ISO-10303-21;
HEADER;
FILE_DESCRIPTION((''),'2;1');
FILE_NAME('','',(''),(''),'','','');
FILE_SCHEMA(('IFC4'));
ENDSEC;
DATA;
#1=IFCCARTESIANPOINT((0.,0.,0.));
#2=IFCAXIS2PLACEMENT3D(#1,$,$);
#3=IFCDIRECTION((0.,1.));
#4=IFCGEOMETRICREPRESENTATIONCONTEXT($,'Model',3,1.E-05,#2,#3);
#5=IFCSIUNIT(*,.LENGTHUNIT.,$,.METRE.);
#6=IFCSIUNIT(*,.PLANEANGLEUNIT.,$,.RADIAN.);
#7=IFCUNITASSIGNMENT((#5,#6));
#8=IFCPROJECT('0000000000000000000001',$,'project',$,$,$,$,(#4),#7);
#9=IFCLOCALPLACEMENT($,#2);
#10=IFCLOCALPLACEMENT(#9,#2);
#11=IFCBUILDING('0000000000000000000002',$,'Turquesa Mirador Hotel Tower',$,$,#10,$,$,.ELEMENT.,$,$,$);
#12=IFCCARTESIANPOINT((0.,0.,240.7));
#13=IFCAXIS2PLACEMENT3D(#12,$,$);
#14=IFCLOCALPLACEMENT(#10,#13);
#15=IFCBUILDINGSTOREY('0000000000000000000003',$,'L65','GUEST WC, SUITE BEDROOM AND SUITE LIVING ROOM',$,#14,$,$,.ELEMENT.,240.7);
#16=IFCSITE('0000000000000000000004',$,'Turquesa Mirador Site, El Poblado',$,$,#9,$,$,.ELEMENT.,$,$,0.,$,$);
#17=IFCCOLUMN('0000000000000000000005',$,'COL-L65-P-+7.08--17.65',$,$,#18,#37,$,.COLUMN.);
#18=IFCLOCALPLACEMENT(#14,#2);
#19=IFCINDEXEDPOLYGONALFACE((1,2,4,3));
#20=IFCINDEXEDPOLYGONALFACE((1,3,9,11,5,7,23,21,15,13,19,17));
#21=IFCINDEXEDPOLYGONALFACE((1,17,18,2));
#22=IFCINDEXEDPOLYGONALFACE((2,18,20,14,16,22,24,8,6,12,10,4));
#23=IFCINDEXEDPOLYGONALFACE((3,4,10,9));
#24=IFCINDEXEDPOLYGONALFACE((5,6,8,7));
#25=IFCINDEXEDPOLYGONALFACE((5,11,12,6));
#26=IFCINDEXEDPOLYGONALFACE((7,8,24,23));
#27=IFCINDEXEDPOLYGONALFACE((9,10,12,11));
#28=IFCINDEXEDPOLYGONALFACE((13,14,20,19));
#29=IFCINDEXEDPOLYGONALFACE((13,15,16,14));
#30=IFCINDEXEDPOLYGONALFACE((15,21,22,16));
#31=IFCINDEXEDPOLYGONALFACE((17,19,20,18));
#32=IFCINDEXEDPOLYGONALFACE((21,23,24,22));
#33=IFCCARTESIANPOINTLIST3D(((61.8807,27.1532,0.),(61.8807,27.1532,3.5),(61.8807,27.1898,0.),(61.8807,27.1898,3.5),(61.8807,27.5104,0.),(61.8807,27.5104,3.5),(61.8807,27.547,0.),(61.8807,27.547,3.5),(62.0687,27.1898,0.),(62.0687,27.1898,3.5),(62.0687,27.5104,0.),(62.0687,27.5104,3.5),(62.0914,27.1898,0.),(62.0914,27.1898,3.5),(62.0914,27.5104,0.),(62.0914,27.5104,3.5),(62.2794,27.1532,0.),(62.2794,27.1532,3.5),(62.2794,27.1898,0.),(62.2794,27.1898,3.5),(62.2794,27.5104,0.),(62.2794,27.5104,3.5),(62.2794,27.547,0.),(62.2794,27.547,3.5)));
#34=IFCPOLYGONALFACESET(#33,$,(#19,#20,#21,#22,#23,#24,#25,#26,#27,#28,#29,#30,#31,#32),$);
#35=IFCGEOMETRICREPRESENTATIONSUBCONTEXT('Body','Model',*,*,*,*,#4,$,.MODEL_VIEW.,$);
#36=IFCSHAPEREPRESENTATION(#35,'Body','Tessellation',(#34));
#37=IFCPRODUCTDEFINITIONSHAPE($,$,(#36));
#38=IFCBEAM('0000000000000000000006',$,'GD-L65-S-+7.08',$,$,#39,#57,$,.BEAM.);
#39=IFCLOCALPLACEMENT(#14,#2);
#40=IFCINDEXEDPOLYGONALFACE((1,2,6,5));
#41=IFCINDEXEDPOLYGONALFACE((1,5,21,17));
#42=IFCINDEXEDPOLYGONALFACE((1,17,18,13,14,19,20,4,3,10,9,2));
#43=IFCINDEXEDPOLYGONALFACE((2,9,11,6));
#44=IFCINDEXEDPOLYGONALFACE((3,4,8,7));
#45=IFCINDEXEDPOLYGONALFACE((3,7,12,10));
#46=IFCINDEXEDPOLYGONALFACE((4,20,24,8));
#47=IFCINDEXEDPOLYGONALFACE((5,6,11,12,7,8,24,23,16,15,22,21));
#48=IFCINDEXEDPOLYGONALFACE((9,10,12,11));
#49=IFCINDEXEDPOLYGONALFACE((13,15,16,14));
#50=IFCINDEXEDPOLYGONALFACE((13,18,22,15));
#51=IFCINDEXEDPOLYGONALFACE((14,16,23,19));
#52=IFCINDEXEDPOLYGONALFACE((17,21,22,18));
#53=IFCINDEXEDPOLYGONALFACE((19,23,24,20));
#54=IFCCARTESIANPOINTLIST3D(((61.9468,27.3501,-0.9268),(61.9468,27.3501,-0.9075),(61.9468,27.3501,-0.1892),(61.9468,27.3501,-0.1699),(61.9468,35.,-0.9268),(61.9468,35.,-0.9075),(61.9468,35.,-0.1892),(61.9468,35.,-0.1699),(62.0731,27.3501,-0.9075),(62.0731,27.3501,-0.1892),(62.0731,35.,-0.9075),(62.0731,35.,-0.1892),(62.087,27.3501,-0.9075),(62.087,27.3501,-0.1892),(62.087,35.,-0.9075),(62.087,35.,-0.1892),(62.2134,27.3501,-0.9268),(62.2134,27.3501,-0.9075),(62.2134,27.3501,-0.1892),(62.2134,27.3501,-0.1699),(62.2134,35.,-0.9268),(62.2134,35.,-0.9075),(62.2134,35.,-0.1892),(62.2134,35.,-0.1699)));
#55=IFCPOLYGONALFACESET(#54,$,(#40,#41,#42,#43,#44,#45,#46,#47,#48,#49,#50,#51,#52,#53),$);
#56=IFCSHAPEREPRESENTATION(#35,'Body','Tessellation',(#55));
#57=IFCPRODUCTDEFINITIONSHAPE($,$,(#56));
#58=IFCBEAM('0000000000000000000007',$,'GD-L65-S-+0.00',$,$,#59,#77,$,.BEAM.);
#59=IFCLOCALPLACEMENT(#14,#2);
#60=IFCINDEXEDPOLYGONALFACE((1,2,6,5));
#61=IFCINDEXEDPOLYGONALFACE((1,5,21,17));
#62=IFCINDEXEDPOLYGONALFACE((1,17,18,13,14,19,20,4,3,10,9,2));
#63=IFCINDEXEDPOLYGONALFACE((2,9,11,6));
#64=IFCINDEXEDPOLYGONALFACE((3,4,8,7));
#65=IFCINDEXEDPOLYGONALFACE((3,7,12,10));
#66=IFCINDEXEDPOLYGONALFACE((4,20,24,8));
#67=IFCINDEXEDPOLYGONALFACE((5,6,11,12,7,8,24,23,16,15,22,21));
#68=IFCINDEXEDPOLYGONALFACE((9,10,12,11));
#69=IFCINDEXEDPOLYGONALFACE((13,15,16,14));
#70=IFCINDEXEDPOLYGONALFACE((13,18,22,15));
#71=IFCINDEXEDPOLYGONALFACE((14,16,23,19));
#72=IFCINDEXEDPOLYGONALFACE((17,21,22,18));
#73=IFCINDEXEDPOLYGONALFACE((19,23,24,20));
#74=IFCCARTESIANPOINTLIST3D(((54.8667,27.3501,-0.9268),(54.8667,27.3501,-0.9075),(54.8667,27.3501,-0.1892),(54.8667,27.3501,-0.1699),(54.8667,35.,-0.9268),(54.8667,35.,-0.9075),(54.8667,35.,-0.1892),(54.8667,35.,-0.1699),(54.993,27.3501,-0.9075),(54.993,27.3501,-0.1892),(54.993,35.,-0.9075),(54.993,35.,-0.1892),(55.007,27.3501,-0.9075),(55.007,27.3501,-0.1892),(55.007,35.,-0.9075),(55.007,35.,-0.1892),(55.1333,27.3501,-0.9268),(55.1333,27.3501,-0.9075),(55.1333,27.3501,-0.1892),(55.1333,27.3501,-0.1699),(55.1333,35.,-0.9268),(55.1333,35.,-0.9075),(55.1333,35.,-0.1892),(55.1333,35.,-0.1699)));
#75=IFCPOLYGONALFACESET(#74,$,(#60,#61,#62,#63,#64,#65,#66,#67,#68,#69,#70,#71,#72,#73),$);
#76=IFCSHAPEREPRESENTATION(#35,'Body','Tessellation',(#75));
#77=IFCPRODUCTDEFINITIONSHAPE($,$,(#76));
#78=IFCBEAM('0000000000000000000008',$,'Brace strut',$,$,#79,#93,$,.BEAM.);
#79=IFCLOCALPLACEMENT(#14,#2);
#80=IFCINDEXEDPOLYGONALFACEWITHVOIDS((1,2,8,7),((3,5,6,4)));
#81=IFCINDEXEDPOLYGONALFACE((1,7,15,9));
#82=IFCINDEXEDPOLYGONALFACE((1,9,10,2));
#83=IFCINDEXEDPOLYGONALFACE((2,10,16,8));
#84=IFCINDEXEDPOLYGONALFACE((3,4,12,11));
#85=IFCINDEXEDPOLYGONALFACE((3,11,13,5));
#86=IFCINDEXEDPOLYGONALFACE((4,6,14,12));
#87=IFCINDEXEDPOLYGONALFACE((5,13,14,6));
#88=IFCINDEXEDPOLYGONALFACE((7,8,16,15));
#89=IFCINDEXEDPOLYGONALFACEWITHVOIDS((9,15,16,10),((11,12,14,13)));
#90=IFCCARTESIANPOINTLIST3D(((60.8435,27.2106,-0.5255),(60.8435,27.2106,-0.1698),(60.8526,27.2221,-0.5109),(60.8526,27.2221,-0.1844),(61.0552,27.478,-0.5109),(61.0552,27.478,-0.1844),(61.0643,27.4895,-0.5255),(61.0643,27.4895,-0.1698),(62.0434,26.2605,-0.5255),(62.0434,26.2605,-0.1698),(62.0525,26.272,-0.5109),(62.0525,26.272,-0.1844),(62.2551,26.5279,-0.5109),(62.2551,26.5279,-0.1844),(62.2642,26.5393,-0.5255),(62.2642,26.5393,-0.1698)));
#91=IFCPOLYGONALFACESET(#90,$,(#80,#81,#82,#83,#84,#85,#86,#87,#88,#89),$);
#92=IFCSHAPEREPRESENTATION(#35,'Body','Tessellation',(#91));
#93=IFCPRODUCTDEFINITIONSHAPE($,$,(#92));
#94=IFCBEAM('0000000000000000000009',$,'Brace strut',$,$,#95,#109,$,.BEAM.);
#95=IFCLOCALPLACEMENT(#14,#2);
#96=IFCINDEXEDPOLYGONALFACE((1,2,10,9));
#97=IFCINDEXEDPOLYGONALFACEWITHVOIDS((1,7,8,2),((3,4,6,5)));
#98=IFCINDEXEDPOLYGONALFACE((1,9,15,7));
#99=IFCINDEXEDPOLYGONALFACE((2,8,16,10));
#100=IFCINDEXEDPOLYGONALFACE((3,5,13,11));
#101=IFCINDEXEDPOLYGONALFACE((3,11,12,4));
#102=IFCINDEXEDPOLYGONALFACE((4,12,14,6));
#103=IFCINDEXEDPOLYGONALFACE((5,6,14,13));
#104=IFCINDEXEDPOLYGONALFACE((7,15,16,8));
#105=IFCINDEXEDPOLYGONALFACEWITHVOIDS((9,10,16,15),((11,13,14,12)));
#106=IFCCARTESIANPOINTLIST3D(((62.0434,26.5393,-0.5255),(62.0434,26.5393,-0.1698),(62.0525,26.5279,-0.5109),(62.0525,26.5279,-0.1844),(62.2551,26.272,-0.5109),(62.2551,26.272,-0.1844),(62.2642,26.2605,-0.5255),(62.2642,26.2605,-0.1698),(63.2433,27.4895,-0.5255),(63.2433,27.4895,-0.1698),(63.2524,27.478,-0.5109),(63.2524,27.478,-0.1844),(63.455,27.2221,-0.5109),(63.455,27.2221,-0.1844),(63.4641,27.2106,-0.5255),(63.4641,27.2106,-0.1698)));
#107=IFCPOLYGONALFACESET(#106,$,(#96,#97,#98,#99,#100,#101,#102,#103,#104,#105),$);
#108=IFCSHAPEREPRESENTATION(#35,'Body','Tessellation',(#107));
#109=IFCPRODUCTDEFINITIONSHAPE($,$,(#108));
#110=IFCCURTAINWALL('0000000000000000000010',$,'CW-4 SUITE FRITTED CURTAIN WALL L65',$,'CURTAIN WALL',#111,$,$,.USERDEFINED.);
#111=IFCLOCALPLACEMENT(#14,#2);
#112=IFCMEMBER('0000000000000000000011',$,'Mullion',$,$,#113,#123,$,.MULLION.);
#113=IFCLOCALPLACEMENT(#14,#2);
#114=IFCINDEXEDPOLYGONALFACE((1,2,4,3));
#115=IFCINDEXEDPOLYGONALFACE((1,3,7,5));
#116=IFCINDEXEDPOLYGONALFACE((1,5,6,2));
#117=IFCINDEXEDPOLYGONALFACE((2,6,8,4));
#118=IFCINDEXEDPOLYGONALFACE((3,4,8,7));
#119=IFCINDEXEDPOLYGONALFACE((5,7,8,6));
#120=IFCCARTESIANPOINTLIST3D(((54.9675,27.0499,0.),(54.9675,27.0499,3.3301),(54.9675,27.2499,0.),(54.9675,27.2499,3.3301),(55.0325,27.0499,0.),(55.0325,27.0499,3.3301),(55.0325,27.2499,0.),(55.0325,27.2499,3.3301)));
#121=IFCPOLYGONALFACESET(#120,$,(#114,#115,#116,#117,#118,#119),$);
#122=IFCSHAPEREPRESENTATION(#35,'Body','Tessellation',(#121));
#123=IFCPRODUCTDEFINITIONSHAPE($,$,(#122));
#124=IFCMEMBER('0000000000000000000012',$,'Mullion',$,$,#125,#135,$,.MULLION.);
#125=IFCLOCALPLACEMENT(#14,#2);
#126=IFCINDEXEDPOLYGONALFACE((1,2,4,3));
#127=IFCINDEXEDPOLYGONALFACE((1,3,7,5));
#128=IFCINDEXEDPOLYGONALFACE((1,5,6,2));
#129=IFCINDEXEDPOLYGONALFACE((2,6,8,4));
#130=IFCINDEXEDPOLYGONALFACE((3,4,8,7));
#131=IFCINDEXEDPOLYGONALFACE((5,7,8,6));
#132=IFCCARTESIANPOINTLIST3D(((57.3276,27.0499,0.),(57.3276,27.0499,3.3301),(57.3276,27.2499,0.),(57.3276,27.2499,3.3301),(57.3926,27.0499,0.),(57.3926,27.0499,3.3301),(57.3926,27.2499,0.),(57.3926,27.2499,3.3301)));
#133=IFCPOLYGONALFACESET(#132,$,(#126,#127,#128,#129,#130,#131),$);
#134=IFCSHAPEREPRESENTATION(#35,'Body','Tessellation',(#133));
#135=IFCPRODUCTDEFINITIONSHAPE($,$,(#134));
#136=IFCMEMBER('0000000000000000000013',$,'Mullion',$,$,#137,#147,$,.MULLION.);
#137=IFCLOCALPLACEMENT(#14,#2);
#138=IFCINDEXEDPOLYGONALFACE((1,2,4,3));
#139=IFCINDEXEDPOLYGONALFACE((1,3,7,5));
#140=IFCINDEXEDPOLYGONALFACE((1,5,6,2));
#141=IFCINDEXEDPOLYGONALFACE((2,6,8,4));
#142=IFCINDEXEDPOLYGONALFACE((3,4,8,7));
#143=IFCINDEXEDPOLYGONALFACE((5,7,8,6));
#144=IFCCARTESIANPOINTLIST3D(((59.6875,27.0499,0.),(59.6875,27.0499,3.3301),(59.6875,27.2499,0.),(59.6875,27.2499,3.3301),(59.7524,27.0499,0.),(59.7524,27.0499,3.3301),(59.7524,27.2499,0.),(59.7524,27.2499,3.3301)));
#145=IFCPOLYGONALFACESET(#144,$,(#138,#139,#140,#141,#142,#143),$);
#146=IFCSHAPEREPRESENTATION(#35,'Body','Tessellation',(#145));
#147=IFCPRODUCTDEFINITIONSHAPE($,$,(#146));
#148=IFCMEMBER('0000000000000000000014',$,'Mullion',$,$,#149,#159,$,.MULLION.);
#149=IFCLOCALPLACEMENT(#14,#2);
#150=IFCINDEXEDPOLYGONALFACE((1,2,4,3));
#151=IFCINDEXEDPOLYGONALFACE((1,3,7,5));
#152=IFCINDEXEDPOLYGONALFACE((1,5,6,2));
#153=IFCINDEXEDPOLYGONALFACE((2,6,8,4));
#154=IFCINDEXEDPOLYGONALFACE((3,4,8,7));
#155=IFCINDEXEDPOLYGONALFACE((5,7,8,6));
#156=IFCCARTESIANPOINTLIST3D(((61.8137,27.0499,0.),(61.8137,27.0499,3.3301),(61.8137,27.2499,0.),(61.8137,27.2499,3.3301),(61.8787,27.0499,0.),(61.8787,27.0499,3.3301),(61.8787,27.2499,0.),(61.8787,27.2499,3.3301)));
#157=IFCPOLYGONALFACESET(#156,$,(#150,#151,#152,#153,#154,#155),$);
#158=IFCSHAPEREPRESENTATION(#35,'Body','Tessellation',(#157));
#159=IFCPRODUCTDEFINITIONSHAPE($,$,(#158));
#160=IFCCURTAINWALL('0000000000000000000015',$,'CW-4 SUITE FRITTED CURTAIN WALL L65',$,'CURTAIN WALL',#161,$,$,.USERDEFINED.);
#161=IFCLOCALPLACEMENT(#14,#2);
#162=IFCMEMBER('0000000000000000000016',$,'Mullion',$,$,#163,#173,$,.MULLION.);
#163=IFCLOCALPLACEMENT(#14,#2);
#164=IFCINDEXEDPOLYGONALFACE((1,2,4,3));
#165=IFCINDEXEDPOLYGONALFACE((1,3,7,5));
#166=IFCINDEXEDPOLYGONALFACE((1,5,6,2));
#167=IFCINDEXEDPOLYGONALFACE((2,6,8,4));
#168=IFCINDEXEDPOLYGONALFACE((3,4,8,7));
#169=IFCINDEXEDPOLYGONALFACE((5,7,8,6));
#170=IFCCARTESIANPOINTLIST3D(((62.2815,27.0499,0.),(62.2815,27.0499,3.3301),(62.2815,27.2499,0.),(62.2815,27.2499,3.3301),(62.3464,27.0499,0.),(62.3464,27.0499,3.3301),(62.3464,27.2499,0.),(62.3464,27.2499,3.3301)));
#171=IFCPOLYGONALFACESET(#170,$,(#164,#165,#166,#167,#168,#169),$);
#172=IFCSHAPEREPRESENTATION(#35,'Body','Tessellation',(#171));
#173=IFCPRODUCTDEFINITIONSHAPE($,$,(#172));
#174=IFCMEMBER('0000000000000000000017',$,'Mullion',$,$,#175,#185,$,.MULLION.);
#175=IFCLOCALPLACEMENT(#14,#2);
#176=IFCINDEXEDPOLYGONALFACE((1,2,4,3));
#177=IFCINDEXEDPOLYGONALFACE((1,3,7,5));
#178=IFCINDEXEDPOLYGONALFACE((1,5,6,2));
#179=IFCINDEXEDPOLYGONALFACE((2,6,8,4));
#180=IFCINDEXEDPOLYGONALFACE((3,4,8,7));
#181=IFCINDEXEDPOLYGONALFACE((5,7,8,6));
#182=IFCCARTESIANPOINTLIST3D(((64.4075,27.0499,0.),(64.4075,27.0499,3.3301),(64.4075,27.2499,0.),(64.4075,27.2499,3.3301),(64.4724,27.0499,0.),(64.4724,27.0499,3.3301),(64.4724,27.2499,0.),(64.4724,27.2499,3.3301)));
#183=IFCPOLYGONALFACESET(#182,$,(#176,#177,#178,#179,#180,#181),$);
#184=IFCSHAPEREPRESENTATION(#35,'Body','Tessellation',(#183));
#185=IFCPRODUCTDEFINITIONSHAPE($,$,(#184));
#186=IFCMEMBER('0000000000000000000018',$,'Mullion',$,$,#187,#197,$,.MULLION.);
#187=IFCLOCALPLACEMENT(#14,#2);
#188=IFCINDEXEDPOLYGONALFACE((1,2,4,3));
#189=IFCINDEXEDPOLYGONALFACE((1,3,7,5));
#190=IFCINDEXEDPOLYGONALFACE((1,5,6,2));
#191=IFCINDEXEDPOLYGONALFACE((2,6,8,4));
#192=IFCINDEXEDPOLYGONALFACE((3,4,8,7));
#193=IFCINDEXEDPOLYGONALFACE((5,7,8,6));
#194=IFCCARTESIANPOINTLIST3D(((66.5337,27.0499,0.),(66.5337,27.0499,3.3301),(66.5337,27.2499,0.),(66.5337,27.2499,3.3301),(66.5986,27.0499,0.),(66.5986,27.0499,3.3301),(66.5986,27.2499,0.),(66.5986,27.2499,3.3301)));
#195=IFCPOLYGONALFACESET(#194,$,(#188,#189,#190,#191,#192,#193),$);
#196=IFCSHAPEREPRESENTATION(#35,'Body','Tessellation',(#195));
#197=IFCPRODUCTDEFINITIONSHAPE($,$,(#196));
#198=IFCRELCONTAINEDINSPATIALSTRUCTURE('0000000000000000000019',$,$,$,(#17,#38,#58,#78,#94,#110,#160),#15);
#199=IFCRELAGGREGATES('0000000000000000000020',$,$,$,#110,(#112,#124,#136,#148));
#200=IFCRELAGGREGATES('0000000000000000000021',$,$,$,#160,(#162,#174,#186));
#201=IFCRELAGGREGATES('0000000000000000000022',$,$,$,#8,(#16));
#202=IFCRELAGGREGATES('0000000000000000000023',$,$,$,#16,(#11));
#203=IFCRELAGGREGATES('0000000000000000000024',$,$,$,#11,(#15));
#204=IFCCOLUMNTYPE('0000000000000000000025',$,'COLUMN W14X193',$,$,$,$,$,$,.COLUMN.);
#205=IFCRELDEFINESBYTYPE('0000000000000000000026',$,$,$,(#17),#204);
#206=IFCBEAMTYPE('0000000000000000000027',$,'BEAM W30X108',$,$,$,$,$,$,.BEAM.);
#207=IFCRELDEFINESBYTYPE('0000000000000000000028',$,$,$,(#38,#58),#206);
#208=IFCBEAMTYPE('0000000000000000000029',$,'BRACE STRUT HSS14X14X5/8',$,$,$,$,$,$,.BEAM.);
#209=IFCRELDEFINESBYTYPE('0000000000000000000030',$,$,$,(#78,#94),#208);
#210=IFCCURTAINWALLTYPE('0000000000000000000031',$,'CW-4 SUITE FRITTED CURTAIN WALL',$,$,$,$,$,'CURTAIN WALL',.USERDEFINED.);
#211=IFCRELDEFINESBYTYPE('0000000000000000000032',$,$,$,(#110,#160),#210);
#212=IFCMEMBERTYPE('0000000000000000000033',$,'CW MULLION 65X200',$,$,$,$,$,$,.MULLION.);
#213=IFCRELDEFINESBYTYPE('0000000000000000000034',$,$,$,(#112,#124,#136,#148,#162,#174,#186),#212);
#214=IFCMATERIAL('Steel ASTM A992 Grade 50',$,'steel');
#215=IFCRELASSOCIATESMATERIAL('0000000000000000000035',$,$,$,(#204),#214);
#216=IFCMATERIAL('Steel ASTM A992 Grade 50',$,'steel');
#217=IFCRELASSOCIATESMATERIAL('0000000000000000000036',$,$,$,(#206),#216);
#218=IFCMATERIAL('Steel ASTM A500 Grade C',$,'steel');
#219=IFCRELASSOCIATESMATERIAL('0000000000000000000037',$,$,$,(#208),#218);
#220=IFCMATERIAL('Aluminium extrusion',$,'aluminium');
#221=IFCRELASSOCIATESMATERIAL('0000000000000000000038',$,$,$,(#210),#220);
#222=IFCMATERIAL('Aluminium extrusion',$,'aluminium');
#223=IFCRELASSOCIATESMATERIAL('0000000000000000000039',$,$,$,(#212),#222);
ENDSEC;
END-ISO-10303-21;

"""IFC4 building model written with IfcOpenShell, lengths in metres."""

from ifc_helpers import new_model, si_unit, direction, frame, origin, origin_2d, place, context, subcontext, project, spatial, rectangle, hollow_rectangle, i_section, extrude, material, material_profile, profile_set, type_object, element, aggregate, save


model = new_model("IFC4")

# Units and contexts
model_context = context("Model", 3, precision=1e-05, world=origin(), true_north=direction((0.0, 1.0)))
body_context = subcontext(model_context, "Body", "Model", "MODEL_VIEW")
ifc_project = project(units=[si_unit("LENGTHUNIT", "METRE"), si_unit("PLANEANGLEUNIT", "RADIAN")], contexts=[model_context])

# Site, building, storey
site_placement = place(None, origin())
site = spatial("IfcSite", under=ifc_project, at=site_placement, Name="Turquesa Mirador Site, El Poblado", CompositionType="ELEMENT", RefElevation=0.0)
building_placement = place(site_placement, origin())
building = spatial("IfcBuilding", under=site, at=building_placement, Name="Turquesa Mirador Hotel Tower", CompositionType="ELEMENT")
storey_placement = place(building_placement, frame((0.0, 0.0, 240.7)))
storey = spatial("IfcBuildingStorey", under=building, at=storey_placement, Name="L65", Description="GUEST WC, SUITE BEDROOM AND SUITE LIVING ROOM", CompositionType="ELEMENT", Elevation=240.7)

# Column
ifc_material_1 = material(Name="Steel ASTM A992 Grade 50", Category="steel")
ifc_material_profile_1 = material_profile(ifc_material_1, i_section(OverallWidth=0.3987, OverallDepth=0.3938, WebThickness=0.0227, FlangeThickness=0.0366, at=origin_2d()), Name="W14X193")
ifc_profile_set_1 = profile_set([ifc_material_profile_1], Name="Steel ASTM A992 Grade 50")
column_type = type_object("IfcColumnType", Name="COLUMN W14X193", PredefinedType="COLUMN", material=ifc_profile_set_1)
column_placement = place(storey_placement, frame((62.0801, 27.3501, 0.0), z_axis=(0.0, 0.0, 1.0), x_axis=(1.0, 0.0, 0.0)))
element("IfcColumn", 1, at=column_placement, inside=storey, type_object=column_type, Name="COL-L65-P-+7.08--17.65", PredefinedType="COLUMN", context=body_context, shape_type="SweptSolid", body=[
    extrude(i_section(OverallWidth=0.3987, OverallDepth=0.3938, WebThickness=0.0227, FlangeThickness=0.0366, at=origin_2d()), origin(), (0.0, 0.0, 1.0), 3.5),
])

# Beams
ifc_material_2 = material(Name="Steel ASTM A992 Grade 50", Category="steel")
ifc_material_profile_2 = material_profile(ifc_material_2, i_section(OverallWidth=0.2666, OverallDepth=0.7568, WebThickness=0.0139, FlangeThickness=0.0193, at=origin_2d()), Name="W30X108")
ifc_profile_set_2 = profile_set([ifc_material_profile_2], Name="Steel ASTM A992 Grade 50")
beam_type_1 = type_object("IfcBeamType", Name="BEAM W30X108", PredefinedType="BEAM", material=ifc_profile_set_2)
for number, where, z_axis, x_axis, name in (
    (2, (62.0801, 27.3501, -0.5483), (0.0, 1.0, 0.0), (-1.0, 0.0, 0.0), "GD-L65-S-+7.08"),
    (3, (55.0, 27.3501, -0.5483), (0.0, 1.0, 0.0), (-1.0, 0.0, 0.0), "GD-L65-S-+0.00"),
):
    element("IfcBeam", number, at=place(storey_placement, frame(where, z_axis=z_axis, x_axis=x_axis)), inside=storey, type_object=beam_type_1, Name=name, PredefinedType="BEAM", context=body_context, shape_type="SweptSolid", body=[
        extrude(i_section(OverallWidth=0.2666, OverallDepth=0.7568, WebThickness=0.0139, FlangeThickness=0.0193, at=origin_2d()), origin(), (0.0, 0.0, 1.0), 7.6499),
    ])
ifc_material_3 = material(Name="Steel ASTM A500 Grade C", Category="steel")
ifc_material_profile_3 = material_profile(ifc_material_3, hollow_rectangle(XDim=0.3557, YDim=0.3557, WallThickness=0.0146, at=origin_2d()), Name="HSS14X14X5/8")
ifc_profile_set_3 = profile_set([ifc_material_profile_3], Name="Steel ASTM A500 Grade C")
beam_type_2 = type_object("IfcBeamType", Name="BRACE STRUT HSS14X14X5/8", PredefinedType="BEAM", material=ifc_profile_set_3)
for number, where, z_axis, x_axis, name in (
    (4, (62.1538, 26.3999, -0.3477), (-0.783971, 0.620797, 0.0), (-0.620797, -0.783971, 0.0), "Brace strut"),
    (5, (62.1538, 26.3999, -0.3477), (0.783971, 0.620797, 0.0), (-0.620797, 0.783971, 0.0), "Brace strut"),
):
    element("IfcBeam", number, at=place(storey_placement, frame(where, z_axis=z_axis, x_axis=x_axis)), inside=storey, type_object=beam_type_2, Name=name, PredefinedType="BEAM", context=body_context, shape_type="SweptSolid", body=[
        extrude(hollow_rectangle(XDim=0.3557, YDim=0.3557, WallThickness=0.0146, at=origin_2d()), origin(), (0.0, 0.0, 1.0), 1.5305),
    ])

# Curtain walls, members
ifc_material_4 = material(Name="Aluminium extrusion", Category="aluminium")
curtain_wall_type = type_object("IfcCurtainWallType", Name="CW-4 SUITE FRITTED CURTAIN WALL", ElementType="CURTAIN WALL", PredefinedType="USERDEFINED", material=ifc_material_4)
curtain_wall_1_placement = place(storey_placement, origin())
curtain_wall_1 = element("IfcCurtainWall", 6, at=curtain_wall_1_placement, inside=storey, type_object=curtain_wall_type, Name="CW-4 SUITE FRITTED CURTAIN WALL L65", ObjectType="CURTAIN WALL", PredefinedType="USERDEFINED")
ifc_material_5 = material(Name="Aluminium extrusion", Category="aluminium")
ifc_material_profile_4 = material_profile(ifc_material_5, rectangle(XDim=0.0649, YDim=0.2, at=origin_2d()), Name="MULLION 65X200")
ifc_profile_set_4 = profile_set([ifc_material_profile_4], Name="Aluminium extrusion")
member_type_1 = type_object("IfcMemberType", Name="CW MULLION 65X200", PredefinedType="MULLION", material=ifc_profile_set_4)
member_1_placement = place(storey_placement, frame((55.0, 27.1499, 0.0), z_axis=(0.0, 0.0, 1.0), x_axis=(1.0, 0.0, 0.0)))
member_1 = element("IfcMember", 7, at=member_1_placement, type_object=member_type_1, Name="Mullion", PredefinedType="MULLION", context=body_context, shape_type="SweptSolid", body=[
    extrude(rectangle(XDim=0.0649, YDim=0.2, at=origin_2d()), origin(), (0.0, 0.0, 1.0), 3.3301),
])
member_2_placement = place(storey_placement, frame((57.3601, 27.1499, 0.0), z_axis=(0.0, 0.0, 1.0), x_axis=(1.0, 0.0, 0.0)))
member_2 = element("IfcMember", 8, at=member_2_placement, type_object=member_type_1, Name="Mullion", PredefinedType="MULLION", context=body_context, shape_type="SweptSolid", body=[
    extrude(rectangle(XDim=0.0649, YDim=0.2, at=origin_2d()), origin(), (0.0, 0.0, 1.0), 3.3301),
])
member_3_placement = place(storey_placement, frame((59.72, 27.1499, 0.0), z_axis=(0.0, 0.0, 1.0), x_axis=(1.0, 0.0, 0.0)))
member_3 = element("IfcMember", 9, at=member_3_placement, type_object=member_type_1, Name="Mullion", PredefinedType="MULLION", context=body_context, shape_type="SweptSolid", body=[
    extrude(rectangle(XDim=0.0649, YDim=0.2, at=origin_2d()), origin(), (0.0, 0.0, 1.0), 3.3301),
])
member_4_placement = place(storey_placement, frame((61.8462, 27.1499, 0.0), z_axis=(0.0, 0.0, 1.0), x_axis=(1.0, 0.0, 0.0)))
member_4 = element("IfcMember", 10, at=member_4_placement, type_object=member_type_1, Name="Mullion", PredefinedType="MULLION", context=body_context, shape_type="SweptSolid", body=[
    extrude(rectangle(XDim=0.0649, YDim=0.2, at=origin_2d()), origin(), (0.0, 0.0, 1.0), 3.3301),
])
curtain_wall_2_placement = place(storey_placement, origin())
curtain_wall_2 = element("IfcCurtainWall", 11, at=curtain_wall_2_placement, inside=storey, type_object=curtain_wall_type, Name="CW-4 SUITE FRITTED CURTAIN WALL L65", ObjectType="CURTAIN WALL", PredefinedType="USERDEFINED")
member_5_placement = place(storey_placement, frame((62.314, 27.1499, 0.0), z_axis=(0.0, 0.0, 1.0), x_axis=(1.0, 0.0, 0.0)))
member_5 = element("IfcMember", 12, at=member_5_placement, type_object=member_type_1, Name="Mullion", PredefinedType="MULLION", context=body_context, shape_type="SweptSolid", body=[
    extrude(rectangle(XDim=0.0649, YDim=0.2, at=origin_2d()), origin(), (0.0, 0.0, 1.0), 3.3301),
])
member_6_placement = place(storey_placement, frame((64.4399, 27.1499, 0.0), z_axis=(0.0, 0.0, 1.0), x_axis=(1.0, 0.0, 0.0)))
member_6 = element("IfcMember", 13, at=member_6_placement, type_object=member_type_1, Name="Mullion", PredefinedType="MULLION", context=body_context, shape_type="SweptSolid", body=[
    extrude(rectangle(XDim=0.0649, YDim=0.2, at=origin_2d()), origin(), (0.0, 0.0, 1.0), 3.3301),
])
member_7_placement = place(storey_placement, frame((66.5662, 27.1499, 0.0), z_axis=(0.0, 0.0, 1.0), x_axis=(1.0, 0.0, 0.0)))
member_7 = element("IfcMember", 14, at=member_7_placement, type_object=member_type_1, Name="Mullion", PredefinedType="MULLION", context=body_context, shape_type="SweptSolid", body=[
    extrude(rectangle(XDim=0.0649, YDim=0.2, at=origin_2d()), origin(), (0.0, 0.0, 1.0), 3.3301),
])

aggregate(curtain_wall_1, [member_1, member_2, member_3, member_4])
aggregate(curtain_wall_2, [member_5, member_6, member_7])

save(model, "model.ifc")
